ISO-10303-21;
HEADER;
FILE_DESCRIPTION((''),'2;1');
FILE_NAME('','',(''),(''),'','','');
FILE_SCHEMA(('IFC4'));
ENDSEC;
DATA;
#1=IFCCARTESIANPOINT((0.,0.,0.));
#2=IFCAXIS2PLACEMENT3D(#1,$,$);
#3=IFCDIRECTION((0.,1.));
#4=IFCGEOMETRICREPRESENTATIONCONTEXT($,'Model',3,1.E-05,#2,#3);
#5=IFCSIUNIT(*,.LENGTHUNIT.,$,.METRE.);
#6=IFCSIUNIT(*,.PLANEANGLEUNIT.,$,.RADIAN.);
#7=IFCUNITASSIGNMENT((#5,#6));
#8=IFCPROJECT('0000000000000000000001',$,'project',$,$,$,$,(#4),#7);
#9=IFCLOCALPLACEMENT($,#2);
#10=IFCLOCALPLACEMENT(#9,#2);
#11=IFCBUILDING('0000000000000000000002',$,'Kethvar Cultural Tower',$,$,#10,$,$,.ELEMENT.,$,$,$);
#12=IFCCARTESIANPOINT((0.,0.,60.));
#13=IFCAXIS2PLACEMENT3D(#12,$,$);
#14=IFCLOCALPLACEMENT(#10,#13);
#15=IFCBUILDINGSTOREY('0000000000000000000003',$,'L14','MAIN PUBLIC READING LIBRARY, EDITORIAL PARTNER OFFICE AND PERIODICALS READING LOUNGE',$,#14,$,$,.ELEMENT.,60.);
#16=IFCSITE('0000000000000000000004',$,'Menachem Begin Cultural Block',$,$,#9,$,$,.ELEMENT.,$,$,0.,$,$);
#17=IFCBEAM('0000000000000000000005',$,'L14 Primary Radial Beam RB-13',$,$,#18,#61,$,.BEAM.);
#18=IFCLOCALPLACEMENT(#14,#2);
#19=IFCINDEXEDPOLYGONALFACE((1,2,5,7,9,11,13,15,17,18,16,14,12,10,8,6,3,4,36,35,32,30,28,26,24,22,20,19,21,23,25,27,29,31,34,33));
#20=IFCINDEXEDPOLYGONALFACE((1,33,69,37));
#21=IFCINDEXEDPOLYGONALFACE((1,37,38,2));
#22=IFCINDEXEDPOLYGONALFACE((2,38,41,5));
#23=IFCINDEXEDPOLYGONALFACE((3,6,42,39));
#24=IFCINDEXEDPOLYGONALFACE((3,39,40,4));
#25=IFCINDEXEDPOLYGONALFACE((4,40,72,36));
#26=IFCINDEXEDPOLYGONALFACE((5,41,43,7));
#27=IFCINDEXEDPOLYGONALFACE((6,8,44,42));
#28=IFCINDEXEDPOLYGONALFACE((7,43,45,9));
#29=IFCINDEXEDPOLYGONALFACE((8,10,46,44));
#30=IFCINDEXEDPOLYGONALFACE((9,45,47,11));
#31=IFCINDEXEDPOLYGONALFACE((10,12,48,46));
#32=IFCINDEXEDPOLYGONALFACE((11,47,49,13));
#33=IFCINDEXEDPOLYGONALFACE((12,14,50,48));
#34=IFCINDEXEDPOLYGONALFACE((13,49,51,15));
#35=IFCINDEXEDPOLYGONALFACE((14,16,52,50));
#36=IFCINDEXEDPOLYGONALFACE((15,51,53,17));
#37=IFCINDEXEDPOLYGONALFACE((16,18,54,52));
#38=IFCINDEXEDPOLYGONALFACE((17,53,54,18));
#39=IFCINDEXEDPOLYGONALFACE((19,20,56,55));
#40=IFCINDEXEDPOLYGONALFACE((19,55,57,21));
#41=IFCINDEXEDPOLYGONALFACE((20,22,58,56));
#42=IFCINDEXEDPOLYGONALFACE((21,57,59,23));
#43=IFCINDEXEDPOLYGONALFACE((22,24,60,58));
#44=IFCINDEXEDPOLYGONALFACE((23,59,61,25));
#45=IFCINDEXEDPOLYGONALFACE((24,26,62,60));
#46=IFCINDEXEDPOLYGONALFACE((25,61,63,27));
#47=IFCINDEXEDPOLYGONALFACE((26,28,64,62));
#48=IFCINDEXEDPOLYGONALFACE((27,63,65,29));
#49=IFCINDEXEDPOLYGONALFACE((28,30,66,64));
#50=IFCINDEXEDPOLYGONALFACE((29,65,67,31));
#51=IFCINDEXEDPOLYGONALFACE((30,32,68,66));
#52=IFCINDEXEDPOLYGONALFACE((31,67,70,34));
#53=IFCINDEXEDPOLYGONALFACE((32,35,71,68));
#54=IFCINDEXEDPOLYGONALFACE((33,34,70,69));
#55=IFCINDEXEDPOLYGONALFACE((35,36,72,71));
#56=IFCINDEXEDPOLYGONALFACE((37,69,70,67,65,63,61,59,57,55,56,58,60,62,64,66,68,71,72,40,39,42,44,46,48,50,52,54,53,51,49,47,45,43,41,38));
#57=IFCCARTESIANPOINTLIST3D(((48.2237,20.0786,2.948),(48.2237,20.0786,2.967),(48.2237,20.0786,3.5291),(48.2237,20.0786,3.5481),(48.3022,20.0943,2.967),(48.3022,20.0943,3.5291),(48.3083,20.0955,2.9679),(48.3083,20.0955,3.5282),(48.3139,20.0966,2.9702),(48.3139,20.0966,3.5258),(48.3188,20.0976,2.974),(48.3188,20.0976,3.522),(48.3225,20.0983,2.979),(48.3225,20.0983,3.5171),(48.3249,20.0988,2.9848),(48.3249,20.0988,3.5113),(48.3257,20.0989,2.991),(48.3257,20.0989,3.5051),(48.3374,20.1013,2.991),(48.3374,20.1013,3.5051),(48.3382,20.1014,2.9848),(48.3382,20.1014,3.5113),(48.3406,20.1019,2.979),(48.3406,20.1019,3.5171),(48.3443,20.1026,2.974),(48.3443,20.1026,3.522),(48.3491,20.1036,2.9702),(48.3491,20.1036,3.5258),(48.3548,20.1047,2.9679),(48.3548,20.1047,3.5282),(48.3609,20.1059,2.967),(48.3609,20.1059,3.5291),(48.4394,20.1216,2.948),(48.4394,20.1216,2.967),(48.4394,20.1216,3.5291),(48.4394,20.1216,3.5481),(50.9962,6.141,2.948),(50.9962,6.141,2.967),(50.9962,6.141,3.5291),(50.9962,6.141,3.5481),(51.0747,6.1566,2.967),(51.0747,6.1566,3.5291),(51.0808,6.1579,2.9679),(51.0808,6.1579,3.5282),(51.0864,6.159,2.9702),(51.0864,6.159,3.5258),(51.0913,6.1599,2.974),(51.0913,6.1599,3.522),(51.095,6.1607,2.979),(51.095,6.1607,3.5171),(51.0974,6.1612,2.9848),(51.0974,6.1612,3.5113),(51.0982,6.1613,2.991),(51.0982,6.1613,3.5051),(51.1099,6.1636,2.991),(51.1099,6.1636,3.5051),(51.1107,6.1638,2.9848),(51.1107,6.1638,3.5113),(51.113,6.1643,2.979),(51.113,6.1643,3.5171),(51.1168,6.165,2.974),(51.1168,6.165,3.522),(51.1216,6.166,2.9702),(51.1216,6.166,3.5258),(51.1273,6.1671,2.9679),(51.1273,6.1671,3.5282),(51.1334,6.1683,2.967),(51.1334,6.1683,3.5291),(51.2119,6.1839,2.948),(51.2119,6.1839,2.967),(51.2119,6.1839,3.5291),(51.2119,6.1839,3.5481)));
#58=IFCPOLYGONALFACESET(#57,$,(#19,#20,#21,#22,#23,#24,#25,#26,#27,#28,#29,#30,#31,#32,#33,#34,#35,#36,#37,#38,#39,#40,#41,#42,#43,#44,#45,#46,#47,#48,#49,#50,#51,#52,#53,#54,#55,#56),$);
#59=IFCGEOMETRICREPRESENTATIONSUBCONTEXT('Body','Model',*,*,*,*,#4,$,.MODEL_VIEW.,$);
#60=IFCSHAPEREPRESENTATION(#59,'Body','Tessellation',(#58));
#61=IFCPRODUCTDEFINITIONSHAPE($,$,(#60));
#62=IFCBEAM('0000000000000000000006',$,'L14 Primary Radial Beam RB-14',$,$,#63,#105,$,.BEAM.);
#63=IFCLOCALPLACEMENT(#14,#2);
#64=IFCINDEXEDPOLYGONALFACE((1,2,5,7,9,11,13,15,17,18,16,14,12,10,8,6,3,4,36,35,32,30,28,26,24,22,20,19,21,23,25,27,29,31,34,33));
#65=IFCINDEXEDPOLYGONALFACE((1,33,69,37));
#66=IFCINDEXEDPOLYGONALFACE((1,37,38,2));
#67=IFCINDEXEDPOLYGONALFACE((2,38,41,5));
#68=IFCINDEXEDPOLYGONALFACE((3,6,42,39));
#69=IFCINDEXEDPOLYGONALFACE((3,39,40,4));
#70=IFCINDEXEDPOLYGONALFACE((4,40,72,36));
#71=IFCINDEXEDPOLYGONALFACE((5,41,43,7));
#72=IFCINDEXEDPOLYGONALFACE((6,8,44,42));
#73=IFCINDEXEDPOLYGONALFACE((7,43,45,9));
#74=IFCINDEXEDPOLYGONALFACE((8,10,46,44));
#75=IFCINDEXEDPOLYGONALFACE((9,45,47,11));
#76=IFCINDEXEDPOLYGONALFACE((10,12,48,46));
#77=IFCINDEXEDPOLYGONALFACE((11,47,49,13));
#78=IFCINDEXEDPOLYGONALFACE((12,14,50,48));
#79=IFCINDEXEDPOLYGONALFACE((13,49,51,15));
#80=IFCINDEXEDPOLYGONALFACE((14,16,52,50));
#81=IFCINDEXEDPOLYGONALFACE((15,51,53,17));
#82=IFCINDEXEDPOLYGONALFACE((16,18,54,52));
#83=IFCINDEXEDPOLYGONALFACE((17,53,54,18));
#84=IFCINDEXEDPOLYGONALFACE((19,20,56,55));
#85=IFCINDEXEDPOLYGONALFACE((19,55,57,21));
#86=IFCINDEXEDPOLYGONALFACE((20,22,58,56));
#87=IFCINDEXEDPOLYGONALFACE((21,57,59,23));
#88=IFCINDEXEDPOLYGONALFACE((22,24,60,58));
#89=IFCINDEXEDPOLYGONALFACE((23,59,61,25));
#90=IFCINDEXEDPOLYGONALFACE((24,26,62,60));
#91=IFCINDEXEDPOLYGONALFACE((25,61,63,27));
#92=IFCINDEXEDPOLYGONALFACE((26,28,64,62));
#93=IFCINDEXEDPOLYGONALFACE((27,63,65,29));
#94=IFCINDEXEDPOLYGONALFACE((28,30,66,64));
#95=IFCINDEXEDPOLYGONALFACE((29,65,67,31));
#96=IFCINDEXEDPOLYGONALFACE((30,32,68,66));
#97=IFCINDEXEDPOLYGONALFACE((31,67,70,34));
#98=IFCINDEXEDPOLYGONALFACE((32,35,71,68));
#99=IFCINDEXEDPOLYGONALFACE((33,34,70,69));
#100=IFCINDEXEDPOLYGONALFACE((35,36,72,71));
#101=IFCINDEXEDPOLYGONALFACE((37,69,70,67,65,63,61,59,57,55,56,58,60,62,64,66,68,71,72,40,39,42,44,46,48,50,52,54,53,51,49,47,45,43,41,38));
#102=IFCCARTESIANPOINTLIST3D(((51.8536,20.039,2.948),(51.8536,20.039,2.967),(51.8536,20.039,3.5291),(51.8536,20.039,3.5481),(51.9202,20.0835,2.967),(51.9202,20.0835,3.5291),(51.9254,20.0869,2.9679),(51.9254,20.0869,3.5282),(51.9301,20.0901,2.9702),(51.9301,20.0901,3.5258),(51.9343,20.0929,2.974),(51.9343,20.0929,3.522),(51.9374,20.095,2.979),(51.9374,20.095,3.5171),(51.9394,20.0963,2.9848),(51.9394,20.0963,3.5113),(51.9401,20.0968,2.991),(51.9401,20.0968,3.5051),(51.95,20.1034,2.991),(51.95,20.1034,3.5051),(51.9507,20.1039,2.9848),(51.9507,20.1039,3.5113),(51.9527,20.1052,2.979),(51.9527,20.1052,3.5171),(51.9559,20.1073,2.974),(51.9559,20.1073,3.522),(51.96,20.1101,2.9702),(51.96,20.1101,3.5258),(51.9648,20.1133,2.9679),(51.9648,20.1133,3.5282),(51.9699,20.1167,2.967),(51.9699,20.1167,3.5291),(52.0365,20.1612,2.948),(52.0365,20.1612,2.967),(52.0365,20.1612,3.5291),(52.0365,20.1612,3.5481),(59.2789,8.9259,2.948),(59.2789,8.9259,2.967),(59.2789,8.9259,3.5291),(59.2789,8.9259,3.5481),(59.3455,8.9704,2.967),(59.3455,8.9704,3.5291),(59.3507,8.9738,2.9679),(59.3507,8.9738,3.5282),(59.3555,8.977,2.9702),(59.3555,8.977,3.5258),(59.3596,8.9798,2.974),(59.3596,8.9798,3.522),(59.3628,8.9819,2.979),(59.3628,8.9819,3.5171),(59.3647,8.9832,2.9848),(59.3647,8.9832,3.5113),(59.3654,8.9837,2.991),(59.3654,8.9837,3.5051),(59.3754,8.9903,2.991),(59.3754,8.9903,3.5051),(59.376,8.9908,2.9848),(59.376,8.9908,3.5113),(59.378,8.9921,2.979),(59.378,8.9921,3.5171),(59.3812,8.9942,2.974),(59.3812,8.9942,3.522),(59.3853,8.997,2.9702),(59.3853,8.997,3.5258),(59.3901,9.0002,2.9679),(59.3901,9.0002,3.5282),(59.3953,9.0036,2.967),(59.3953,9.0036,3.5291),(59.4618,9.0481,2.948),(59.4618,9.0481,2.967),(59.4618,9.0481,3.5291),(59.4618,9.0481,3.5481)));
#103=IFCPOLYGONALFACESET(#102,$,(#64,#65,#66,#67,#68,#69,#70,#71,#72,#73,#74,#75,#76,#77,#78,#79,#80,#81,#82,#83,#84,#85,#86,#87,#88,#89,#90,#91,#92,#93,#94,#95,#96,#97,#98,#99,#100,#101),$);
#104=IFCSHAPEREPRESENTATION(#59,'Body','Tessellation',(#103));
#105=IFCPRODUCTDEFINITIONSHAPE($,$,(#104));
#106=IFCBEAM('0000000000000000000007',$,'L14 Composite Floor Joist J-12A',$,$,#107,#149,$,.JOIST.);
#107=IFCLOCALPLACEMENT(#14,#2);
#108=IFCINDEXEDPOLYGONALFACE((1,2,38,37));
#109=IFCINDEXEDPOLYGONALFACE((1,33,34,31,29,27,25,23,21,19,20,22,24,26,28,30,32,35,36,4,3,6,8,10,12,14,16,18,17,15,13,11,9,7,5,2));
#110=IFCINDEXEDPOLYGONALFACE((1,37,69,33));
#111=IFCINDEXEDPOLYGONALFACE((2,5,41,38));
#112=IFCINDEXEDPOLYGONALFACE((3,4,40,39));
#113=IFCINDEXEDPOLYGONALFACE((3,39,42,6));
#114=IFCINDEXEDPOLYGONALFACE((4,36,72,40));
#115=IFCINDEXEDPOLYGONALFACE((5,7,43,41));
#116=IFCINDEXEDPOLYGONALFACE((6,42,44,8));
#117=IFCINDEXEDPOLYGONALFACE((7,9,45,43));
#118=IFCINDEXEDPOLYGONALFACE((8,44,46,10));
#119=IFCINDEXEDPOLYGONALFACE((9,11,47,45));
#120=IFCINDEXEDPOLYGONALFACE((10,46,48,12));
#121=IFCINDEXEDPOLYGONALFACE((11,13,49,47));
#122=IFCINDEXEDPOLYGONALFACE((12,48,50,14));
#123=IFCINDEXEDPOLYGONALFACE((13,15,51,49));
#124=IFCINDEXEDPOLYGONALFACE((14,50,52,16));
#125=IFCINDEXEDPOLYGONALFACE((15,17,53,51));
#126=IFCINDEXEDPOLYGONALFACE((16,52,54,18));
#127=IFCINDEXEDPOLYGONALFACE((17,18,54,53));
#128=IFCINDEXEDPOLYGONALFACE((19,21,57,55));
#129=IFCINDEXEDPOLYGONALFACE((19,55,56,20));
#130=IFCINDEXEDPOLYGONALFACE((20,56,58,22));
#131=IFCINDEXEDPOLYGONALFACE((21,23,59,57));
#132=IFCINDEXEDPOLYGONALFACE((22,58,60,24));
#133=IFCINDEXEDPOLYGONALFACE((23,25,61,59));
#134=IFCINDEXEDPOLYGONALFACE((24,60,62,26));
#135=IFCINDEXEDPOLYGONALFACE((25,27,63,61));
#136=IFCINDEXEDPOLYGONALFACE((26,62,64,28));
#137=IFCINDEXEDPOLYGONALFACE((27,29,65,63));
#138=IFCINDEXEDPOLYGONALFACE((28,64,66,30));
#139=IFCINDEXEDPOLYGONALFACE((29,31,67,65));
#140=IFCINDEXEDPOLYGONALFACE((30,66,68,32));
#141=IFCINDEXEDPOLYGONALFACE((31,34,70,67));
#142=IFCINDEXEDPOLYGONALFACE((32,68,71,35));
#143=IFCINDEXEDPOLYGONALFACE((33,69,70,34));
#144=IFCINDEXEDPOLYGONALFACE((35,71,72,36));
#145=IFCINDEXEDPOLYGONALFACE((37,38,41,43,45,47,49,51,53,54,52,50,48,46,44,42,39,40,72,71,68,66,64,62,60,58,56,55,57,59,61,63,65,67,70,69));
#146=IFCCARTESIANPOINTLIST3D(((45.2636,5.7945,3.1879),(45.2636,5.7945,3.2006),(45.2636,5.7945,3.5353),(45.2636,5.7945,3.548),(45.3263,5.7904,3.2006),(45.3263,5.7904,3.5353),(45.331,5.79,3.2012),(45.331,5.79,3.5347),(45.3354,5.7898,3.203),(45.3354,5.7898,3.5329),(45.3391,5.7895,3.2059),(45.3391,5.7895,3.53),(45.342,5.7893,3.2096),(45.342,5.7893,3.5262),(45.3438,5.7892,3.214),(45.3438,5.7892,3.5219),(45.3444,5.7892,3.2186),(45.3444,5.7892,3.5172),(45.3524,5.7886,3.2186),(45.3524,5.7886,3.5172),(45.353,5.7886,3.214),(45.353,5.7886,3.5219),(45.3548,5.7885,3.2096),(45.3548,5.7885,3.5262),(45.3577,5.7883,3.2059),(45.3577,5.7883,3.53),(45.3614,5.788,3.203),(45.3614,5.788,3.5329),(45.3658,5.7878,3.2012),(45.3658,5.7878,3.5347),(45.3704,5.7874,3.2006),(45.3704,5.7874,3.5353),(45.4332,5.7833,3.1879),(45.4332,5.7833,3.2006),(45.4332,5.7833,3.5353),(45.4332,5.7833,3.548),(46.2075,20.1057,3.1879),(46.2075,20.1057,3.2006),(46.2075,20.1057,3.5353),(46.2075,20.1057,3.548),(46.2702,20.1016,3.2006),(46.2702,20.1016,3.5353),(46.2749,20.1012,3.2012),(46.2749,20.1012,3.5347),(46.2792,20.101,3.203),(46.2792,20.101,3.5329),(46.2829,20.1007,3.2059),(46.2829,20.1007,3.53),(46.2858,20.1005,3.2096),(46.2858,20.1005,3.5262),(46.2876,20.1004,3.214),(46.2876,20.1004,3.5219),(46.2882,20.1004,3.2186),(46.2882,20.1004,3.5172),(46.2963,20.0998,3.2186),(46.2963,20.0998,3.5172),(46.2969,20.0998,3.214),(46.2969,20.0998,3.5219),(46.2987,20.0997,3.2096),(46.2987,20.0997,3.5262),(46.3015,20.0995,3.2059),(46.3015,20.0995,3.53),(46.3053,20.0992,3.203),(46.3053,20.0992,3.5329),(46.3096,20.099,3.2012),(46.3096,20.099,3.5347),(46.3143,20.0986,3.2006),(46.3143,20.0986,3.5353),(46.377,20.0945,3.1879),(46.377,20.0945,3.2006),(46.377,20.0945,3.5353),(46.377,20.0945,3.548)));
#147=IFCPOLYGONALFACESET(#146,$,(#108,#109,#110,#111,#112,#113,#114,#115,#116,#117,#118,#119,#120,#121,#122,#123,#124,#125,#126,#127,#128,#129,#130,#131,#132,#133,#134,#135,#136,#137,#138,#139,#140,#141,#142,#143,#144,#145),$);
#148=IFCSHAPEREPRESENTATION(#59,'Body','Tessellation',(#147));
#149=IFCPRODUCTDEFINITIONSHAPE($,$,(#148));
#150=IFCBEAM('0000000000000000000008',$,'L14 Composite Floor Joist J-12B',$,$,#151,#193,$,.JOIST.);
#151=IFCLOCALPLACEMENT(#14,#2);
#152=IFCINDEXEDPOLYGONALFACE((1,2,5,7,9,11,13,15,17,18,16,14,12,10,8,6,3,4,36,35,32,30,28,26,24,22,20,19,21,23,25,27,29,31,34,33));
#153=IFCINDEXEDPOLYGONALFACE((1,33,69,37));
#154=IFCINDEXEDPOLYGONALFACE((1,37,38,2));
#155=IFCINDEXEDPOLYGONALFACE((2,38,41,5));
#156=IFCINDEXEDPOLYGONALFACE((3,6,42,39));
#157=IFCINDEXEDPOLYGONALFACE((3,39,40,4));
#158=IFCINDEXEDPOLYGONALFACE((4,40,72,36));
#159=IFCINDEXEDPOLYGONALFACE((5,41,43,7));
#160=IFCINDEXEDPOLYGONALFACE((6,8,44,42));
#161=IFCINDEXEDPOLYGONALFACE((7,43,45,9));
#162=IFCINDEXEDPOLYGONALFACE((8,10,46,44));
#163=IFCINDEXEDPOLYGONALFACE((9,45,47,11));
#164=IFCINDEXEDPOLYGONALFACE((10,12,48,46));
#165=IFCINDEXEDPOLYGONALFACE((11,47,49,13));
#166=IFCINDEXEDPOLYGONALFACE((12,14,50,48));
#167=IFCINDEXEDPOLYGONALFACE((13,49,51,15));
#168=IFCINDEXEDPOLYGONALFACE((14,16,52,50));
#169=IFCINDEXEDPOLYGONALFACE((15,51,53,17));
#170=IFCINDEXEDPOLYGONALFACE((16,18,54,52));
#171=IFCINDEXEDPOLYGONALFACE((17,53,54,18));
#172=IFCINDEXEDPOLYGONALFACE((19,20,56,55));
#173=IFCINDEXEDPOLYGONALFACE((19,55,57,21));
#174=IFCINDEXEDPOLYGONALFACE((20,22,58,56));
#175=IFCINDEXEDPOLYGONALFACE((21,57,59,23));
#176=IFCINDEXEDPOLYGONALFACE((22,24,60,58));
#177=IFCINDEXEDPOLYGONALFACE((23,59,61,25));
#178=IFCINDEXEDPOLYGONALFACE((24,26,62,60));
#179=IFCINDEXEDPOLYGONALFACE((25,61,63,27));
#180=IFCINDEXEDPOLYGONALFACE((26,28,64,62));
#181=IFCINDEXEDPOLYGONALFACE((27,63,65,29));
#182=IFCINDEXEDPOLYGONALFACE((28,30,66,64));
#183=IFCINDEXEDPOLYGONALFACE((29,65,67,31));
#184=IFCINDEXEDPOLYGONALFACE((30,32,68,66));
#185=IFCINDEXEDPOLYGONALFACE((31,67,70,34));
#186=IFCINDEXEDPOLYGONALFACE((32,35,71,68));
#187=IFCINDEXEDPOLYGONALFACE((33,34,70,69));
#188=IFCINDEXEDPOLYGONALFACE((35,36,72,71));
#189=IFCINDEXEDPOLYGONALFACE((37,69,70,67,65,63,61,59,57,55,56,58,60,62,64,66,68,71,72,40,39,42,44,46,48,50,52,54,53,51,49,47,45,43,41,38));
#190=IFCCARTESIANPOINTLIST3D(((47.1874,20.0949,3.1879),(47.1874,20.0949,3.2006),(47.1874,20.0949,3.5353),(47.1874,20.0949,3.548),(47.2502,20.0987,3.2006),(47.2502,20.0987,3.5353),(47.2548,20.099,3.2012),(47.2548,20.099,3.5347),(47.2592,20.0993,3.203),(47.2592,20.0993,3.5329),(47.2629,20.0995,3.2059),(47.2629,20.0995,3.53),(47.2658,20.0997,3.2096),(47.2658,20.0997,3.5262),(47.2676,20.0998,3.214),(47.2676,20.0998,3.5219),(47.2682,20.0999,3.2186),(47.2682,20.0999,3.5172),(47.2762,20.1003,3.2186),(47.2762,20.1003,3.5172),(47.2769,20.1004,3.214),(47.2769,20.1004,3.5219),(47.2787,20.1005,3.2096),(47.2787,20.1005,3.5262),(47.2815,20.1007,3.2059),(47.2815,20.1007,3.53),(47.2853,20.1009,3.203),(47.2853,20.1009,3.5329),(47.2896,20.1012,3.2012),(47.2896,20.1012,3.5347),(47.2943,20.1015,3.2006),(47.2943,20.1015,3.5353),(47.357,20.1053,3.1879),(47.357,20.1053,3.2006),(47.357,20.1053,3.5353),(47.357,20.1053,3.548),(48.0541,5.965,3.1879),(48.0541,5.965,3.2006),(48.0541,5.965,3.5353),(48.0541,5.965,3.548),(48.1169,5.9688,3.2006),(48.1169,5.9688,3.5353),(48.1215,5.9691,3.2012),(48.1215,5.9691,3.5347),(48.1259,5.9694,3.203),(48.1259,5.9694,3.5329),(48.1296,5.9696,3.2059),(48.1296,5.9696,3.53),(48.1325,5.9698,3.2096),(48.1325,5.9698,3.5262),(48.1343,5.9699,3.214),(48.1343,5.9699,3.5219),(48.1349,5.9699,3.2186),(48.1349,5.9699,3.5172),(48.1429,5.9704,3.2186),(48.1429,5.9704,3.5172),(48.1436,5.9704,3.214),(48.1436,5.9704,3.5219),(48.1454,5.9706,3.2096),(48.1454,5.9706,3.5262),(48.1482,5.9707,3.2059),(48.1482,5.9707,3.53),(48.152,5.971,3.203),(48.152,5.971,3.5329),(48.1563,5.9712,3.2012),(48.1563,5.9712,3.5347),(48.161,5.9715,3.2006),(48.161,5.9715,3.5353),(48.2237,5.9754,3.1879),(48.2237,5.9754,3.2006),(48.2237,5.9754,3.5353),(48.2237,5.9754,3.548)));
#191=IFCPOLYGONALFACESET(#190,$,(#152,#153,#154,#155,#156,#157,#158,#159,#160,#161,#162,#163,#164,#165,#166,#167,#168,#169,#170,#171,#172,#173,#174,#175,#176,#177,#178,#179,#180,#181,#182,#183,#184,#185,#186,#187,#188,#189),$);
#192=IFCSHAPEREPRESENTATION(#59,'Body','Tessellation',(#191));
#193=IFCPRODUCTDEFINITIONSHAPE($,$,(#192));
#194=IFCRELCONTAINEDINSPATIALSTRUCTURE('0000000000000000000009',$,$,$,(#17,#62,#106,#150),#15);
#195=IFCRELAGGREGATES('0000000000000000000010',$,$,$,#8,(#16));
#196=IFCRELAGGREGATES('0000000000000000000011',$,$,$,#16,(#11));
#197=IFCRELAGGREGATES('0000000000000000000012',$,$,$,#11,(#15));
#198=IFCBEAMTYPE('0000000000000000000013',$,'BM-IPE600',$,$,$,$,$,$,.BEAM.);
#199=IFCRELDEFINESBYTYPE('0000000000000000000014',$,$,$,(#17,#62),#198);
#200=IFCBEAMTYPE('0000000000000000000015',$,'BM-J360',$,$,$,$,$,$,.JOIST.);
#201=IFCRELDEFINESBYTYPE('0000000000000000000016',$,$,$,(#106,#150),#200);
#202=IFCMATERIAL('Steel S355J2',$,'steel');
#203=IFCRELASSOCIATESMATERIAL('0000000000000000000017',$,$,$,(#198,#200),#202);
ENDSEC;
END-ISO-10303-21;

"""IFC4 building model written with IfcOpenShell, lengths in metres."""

from ifc_helpers import new_model, si_unit, direction, frame, origin, origin_2d, place, context, subcontext, project, spatial, i_section, extrude, source, transform, mapped, material, material_profile, profile_set, type_object, element, save


model = new_model("IFC4")

# Units and contexts
model_context = context("Model", 3, precision=1e-05, world=origin(), true_north=direction((0.0, 1.0)))
body_context = subcontext(model_context, "Body", "Model", "MODEL_VIEW")
ifc_project = project(units=[si_unit("LENGTHUNIT", "METRE"), si_unit("PLANEANGLEUNIT", "RADIAN")], contexts=[model_context])

# Site, building, storey
site_placement = place(None, origin())
site = spatial("IfcSite", under=ifc_project, at=site_placement, Name="Menachem Begin Cultural Block", CompositionType="ELEMENT", RefElevation=0.0)
building_placement = place(site_placement, origin())
building = spatial("IfcBuilding", under=site, at=building_placement, Name="Kethvar Cultural Tower", CompositionType="ELEMENT")
storey_placement = place(building_placement, frame((0.0, 0.0, 60.0)))
storey = spatial("IfcBuildingStorey", under=building, at=storey_placement, Name="L14", Description="MAIN PUBLIC READING LIBRARY, EDITORIAL PARTNER OFFICE AND PERIODICALS READING LOUNGE", CompositionType="ELEMENT", Elevation=60.0)

# Beams
ifc_material_1 = material(Name="Steel S355J2", Category="steel")
ifc_material_profile_1 = material_profile(ifc_material_1, i_section(OverallWidth=0.22, OverallDepth=0.6001, WebThickness=0.012, FlangeThickness=0.019, FilletRadius=0.0239, at=origin_2d()), Name="Steel S355J2 — IPE600")
ifc_profile_set_1 = profile_set([ifc_material_profile_1], Name="Steel S355J2 — IPE600")
beam_type_1 = type_object("IfcBeamType", Name="BM-IPE600", PredefinedType="BEAM", material=ifc_profile_set_1)
shared_shape_1 = source(origin(), body_context, "Body", "SweptSolid", [
    extrude(i_section(OverallWidth=0.22, OverallDepth=0.6001, WebThickness=0.012, FlangeThickness=0.019, FilletRadius=0.0239, at=origin_2d()), origin(), (0.0, 0.0, 1.0), 14.2107),
])
beam_1_placement = place(storey_placement, frame((48.3315, 20.1001, 3.248), z_axis=(0.195098, -0.980784, 0.0), x_axis=(0.980784, 0.195098, 0.0)))
element("IfcBeam", 1, at=beam_1_placement, inside=storey, type_object=beam_type_1, Name="L14 Primary Radial Beam RB-13", PredefinedType="BEAM", context=body_context, shape_type="MappedRepresentation", body=[
    mapped(shared_shape_1, transform((0.0, 0.0, 0.0), scale=1.0)),
])
shared_shape_2 = source(origin(), body_context, "Body", "SweptSolid", [
    extrude(i_section(OverallWidth=0.22, OverallDepth=0.6001, WebThickness=0.012, FlangeThickness=0.019, FilletRadius=0.0239, at=origin_2d()), origin(), (0.0, 0.0, 1.0), 13.3655),
])
beam_2_placement = place(storey_placement, frame((51.9451, 20.1001, 3.248), z_axis=(0.55556, -0.831477, 0.0), x_axis=(0.831477, 0.55556, 0.0)))
element("IfcBeam", 2, at=beam_2_placement, inside=storey, type_object=beam_type_1, Name="L14 Primary Radial Beam RB-14", PredefinedType="BEAM", context=body_context, shape_type="MappedRepresentation", body=[
    mapped(shared_shape_2, transform((0.0, 0.0, 0.0), scale=1.0)),
])
ifc_material_profile_2 = material_profile(ifc_material_1, i_section(OverallWidth=0.1699, OverallDepth=0.3601, WebThickness=0.0081, FlangeThickness=0.0127, FilletRadius=0.0181, at=origin_2d()), Name="Steel S355J2 — IPE360")
ifc_profile_set_2 = profile_set([ifc_material_profile_2], Name="Steel S355J2 — IPE360")
beam_type_2 = type_object("IfcBeamType", Name="BM-J360", PredefinedType="JOIST", material=ifc_profile_set_2)
shared_shape_3 = source(origin(), body_context, "Body", "SweptSolid", [
    extrude(i_section(OverallWidth=0.1699, OverallDepth=0.3601, WebThickness=0.0081, FlangeThickness=0.0127, FilletRadius=0.0181, at=origin_2d()), origin(), (0.0, 0.0, 1.0), 14.3423),
])
beam_3_placement = place(storey_placement, frame((46.2922, 20.1001, 3.3679), z_axis=(-0.065808, -0.997832, 0.0), x_axis=(0.997832, -0.065808, 0.0)))
element("IfcBeam", 3, at=beam_3_placement, inside=storey, type_object=beam_type_2, Name="L14 Composite Floor Joist J-12A", PredefinedType="JOIST", context=body_context, shape_type="MappedRepresentation", body=[
    mapped(shared_shape_3, transform((0.0, 0.0, 0.0), scale=1.0)),
])
shared_shape_4 = source(origin(), body_context, "Body", "SweptSolid", [
    extrude(i_section(OverallWidth=0.1699, OverallDepth=0.3601, WebThickness=0.0081, FlangeThickness=0.0127, FilletRadius=0.0181, at=origin_2d()), origin(), (0.0, 0.0, 1.0), 14.1565),
])
beam_4_placement = place(storey_placement, frame((47.2722, 20.1001, 3.3679), z_axis=(0.061223, -0.998124, 0.0), x_axis=(0.998124, 0.061223, 0.0)))
element("IfcBeam", 4, at=beam_4_placement, inside=storey, type_object=beam_type_2, Name="L14 Composite Floor Joist J-12B", PredefinedType="JOIST", context=body_context, shape_type="MappedRepresentation", body=[
    mapped(shared_shape_4, transform((0.0, 0.0, 0.0), scale=1.0)),
])

save(model, "model.ifc")
